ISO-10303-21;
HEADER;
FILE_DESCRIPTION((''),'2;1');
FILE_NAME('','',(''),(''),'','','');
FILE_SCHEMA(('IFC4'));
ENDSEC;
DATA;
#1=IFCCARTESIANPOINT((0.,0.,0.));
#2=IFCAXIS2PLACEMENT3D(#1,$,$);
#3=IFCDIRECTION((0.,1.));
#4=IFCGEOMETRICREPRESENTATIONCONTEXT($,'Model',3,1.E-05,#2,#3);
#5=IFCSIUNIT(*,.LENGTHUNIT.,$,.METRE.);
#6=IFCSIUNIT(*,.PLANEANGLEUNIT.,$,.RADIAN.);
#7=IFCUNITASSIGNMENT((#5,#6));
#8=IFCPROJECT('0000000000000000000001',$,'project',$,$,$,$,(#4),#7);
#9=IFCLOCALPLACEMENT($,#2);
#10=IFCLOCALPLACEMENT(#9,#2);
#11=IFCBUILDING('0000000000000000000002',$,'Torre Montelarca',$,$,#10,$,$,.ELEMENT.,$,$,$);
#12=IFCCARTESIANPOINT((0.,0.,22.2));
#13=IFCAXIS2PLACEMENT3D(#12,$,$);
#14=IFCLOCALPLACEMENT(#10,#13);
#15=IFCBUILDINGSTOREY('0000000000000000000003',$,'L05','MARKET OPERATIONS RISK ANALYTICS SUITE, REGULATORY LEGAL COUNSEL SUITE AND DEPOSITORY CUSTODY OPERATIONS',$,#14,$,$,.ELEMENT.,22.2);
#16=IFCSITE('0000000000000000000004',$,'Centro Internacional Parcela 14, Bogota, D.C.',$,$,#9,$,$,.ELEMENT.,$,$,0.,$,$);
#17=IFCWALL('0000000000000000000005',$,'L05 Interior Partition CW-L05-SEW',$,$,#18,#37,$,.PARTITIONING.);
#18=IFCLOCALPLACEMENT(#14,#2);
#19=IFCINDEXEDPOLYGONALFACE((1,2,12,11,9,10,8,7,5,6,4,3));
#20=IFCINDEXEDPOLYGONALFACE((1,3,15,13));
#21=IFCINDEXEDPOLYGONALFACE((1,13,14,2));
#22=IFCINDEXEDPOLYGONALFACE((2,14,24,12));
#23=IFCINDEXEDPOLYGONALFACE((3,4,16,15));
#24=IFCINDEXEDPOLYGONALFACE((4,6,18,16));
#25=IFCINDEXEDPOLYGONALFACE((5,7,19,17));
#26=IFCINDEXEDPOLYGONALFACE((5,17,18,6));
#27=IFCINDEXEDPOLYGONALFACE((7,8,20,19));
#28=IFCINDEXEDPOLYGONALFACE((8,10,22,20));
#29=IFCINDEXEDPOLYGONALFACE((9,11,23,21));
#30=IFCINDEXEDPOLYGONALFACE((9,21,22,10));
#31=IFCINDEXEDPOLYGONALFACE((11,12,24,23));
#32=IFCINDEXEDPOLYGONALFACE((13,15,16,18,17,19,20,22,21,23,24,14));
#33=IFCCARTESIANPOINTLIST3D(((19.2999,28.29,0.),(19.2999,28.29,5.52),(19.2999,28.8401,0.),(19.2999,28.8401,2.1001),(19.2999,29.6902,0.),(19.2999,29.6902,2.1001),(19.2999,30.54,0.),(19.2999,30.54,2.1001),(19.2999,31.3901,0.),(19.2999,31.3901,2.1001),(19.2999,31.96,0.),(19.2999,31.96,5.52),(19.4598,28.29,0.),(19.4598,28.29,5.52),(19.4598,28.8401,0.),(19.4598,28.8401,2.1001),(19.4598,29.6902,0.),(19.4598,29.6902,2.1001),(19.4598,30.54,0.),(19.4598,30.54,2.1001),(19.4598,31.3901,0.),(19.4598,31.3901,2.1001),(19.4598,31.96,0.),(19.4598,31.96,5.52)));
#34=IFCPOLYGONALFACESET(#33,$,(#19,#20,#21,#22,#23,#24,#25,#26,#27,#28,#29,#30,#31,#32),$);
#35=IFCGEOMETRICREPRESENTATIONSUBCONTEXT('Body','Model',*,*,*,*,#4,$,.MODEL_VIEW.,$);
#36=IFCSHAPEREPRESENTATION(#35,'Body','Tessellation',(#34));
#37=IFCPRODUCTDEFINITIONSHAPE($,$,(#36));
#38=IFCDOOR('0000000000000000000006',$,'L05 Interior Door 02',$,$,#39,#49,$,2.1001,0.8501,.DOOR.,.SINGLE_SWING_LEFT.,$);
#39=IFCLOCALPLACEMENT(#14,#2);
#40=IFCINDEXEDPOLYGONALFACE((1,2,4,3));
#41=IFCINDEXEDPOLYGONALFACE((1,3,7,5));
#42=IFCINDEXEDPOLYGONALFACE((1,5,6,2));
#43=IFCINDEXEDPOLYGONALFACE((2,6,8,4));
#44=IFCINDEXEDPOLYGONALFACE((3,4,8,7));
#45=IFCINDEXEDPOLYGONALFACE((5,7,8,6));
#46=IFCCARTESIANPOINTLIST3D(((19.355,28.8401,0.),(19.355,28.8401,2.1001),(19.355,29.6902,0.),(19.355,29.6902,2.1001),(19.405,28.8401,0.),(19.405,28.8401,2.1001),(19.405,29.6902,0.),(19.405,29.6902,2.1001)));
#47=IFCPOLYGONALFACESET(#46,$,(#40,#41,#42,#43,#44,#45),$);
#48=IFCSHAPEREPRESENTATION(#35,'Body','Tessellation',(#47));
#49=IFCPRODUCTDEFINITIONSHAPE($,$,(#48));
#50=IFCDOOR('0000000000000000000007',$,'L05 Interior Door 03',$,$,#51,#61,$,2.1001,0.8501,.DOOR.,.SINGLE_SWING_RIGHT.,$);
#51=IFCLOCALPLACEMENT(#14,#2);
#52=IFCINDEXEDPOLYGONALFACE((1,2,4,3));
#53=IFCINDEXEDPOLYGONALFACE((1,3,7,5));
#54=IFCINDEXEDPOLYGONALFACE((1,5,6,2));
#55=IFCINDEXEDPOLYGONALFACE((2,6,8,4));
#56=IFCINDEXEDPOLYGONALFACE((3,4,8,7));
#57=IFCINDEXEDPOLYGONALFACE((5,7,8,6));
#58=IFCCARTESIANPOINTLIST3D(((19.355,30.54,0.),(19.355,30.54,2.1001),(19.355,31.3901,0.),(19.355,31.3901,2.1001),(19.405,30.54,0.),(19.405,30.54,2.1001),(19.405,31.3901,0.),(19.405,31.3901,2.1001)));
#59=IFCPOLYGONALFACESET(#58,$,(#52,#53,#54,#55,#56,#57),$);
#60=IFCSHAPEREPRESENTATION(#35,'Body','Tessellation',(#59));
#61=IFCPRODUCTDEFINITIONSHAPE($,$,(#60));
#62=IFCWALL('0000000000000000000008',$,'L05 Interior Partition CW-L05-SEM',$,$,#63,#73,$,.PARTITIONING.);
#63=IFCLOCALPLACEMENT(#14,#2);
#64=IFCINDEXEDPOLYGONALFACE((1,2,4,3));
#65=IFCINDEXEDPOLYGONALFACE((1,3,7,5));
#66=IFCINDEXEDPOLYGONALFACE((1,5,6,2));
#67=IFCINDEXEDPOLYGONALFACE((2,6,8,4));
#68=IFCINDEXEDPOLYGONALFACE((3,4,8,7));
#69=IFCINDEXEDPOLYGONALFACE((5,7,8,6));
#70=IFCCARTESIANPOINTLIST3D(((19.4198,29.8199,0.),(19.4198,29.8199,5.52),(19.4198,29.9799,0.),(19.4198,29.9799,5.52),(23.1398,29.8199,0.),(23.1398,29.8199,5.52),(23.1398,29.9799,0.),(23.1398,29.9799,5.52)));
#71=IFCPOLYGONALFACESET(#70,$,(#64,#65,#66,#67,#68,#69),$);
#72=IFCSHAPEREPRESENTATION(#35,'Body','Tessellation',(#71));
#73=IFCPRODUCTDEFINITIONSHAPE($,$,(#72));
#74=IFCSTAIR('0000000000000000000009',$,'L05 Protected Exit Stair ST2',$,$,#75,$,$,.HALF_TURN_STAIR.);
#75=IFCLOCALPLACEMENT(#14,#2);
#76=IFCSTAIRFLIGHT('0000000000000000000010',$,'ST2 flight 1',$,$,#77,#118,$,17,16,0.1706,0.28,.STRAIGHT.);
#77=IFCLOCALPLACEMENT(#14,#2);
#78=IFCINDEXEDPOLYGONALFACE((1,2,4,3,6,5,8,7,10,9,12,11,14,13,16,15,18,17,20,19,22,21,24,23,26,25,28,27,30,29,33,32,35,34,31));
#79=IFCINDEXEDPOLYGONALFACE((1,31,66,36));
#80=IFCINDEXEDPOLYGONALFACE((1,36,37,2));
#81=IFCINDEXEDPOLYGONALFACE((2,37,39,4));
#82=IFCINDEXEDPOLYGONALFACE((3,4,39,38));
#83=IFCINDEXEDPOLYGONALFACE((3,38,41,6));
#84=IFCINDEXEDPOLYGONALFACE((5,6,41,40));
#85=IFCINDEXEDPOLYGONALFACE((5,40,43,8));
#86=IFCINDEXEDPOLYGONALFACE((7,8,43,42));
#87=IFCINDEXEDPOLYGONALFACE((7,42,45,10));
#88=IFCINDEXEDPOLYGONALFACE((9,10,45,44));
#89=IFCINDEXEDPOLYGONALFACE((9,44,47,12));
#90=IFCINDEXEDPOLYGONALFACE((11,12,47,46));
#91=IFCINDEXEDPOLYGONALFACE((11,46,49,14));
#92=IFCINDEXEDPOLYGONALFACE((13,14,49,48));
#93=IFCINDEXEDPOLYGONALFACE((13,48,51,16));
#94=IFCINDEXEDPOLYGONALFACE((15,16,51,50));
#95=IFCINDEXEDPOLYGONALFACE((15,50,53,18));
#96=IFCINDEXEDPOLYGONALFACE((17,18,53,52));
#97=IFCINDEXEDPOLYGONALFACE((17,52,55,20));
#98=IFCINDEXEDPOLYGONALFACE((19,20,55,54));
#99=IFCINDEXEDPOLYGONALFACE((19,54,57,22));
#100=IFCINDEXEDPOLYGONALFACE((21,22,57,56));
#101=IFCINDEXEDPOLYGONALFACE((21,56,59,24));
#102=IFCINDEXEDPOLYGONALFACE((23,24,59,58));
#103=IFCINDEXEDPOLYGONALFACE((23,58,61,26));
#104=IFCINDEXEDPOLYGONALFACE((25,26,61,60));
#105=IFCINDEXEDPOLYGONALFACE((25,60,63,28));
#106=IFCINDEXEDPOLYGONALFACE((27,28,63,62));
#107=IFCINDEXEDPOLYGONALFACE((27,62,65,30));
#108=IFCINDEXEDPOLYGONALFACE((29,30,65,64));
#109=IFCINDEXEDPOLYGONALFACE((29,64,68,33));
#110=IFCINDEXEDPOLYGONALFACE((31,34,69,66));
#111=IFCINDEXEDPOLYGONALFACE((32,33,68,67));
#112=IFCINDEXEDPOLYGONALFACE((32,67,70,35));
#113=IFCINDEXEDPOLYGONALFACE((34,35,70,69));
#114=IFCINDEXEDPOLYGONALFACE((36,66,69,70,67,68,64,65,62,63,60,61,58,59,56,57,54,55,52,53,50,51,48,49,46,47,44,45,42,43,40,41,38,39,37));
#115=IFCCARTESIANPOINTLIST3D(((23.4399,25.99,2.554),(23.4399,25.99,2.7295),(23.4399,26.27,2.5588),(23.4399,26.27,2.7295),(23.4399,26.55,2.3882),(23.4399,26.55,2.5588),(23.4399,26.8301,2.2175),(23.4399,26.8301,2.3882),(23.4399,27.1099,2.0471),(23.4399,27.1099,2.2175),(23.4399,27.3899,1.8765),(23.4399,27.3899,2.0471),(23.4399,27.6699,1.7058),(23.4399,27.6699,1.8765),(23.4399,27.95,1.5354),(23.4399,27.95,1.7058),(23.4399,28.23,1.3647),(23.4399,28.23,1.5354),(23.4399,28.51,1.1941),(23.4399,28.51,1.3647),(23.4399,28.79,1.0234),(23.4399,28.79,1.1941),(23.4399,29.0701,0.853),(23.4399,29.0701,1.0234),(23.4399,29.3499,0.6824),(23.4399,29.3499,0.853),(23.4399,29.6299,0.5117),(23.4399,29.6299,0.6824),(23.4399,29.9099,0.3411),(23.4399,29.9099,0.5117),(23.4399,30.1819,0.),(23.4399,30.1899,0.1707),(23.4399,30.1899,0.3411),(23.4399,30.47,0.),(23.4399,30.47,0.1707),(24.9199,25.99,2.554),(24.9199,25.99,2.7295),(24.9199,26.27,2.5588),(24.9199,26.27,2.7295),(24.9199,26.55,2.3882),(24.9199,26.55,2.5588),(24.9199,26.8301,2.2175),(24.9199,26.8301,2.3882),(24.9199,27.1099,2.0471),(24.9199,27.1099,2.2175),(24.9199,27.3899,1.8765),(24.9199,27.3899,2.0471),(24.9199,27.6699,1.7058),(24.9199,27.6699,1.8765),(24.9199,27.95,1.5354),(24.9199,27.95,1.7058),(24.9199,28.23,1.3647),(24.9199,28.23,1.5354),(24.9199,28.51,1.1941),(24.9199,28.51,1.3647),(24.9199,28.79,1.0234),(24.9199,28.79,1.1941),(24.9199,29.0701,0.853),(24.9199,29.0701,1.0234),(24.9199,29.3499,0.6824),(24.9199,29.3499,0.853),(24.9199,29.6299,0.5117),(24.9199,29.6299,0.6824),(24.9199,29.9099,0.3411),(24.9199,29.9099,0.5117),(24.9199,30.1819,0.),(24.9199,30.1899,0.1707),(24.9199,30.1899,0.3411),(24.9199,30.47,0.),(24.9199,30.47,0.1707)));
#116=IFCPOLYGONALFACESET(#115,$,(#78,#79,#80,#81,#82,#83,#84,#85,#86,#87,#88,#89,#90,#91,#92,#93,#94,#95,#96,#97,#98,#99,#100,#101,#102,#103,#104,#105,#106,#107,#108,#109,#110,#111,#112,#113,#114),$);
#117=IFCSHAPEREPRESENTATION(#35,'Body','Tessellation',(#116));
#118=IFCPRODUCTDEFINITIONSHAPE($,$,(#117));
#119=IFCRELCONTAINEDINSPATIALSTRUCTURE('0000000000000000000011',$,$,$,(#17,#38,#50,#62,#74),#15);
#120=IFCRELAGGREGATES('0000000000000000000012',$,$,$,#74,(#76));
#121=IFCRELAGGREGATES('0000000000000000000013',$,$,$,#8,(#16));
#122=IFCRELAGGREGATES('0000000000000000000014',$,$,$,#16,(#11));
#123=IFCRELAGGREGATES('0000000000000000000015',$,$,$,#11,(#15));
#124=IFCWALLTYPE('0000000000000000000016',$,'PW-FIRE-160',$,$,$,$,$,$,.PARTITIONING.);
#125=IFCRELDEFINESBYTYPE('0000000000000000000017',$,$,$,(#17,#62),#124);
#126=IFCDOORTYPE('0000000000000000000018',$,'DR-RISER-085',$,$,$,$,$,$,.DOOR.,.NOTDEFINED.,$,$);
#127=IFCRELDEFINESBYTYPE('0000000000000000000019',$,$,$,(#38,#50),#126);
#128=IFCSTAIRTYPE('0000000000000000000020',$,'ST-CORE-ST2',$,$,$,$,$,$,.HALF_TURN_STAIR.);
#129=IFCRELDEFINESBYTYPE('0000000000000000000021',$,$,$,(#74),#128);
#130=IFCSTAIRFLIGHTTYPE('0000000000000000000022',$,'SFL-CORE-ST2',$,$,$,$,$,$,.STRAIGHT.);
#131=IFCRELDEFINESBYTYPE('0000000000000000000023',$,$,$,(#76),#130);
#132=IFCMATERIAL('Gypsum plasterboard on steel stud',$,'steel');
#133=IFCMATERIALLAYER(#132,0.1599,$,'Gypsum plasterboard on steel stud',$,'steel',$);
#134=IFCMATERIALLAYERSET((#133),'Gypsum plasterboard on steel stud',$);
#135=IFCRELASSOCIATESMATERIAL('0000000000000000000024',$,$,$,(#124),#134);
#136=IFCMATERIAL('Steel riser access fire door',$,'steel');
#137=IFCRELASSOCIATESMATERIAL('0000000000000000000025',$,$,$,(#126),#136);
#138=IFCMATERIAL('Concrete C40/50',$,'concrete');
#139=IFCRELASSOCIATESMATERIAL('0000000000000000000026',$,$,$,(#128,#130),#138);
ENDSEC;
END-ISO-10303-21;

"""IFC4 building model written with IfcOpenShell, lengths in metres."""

from ifc_helpers import new_model, si_unit, direction, frame, frame_2d, origin, place, context, subcontext, project, spatial, polyline, rectangle, outline, extrude, source, transform, mapped, material, layer, layer_set, type_object, element, fill, aggregate, save


model = new_model("IFC4")

# Units and contexts
model_context = context("Model", 3, precision=1e-05, world=origin(), true_north=direction((0.0, 1.0)))
body_context = subcontext(model_context, "Body", "Model", "MODEL_VIEW")
ifc_project = project(units=[si_unit("LENGTHUNIT", "METRE"), si_unit("PLANEANGLEUNIT", "RADIAN")], contexts=[model_context])

# Site, building, storey
site_placement = place(None, origin())
site = spatial("IfcSite", under=ifc_project, at=site_placement, Name="Centro Internacional Parcela 14, Bogota, D.C.", CompositionType="ELEMENT", RefElevation=0.0)
building_placement = place(site_placement, origin())
building = spatial("IfcBuilding", under=site, at=building_placement, Name="Torre Montelarca", CompositionType="ELEMENT")
storey_placement = place(building_placement, frame((0.0, 0.0, 22.2)))
storey = spatial("IfcBuildingStorey", under=building, at=storey_placement, Name="L05", Description="MARKET OPERATIONS RISK ANALYTICS SUITE, REGULATORY LEGAL COUNSEL SUITE AND DEPOSITORY CUSTODY OPERATIONS", CompositionType="ELEMENT", Elevation=22.2)

# Shared definitions
ifc_material_1 = material(Name="Concrete C40/50", Category="concrete")

# Shared definitions
ifc_material_2 = material(Name="Gypsum plasterboard on steel stud", Category="steel")
ifc_layer_1 = layer(ifc_material_2, 0.1599, Name="Gypsum plasterboard on steel stud", Category="steel")
ifc_layer_set_1 = layer_set([ifc_layer_1], Name="Gypsum plasterboard on steel stud")
wall_type_1 = type_object("IfcWallType", Name="PW-FIRE-160", PredefinedType="PARTITIONING", material=ifc_layer_set_1)

# Wall, openings, doors
wall_1_placement = place(storey_placement, frame((19.3799, 28.29, 0.0), z_axis=(0.0, 0.0, 1.0), x_axis=(0.0, 1.0, 0.0)))
wall_1 = element("IfcWall", 1, at=wall_1_placement, inside=storey, type_object=wall_type_1, Name="L05 Interior Partition CW-L05-SEW", PredefinedType="PARTITIONING", context=body_context, shape_type="SweptSolid", body=[
    extrude(rectangle(XDim=3.6699, YDim=0.1599, at=frame_2d((1.835, 0.0))), origin(), (0.0, 0.0, 1.0), 5.52),
])
opening_1_placement = place(wall_1_placement, frame((0.55, 0.0, 0.0)))
opening_1 = element("IfcOpeningElement", 2, at=opening_1_placement, cuts=wall_1, PredefinedType="OPENING", context=body_context, shape_type="SweptSolid", body=[
    extrude(rectangle(XDim=0.8501, YDim=2.1001, at=frame_2d((0.425, 1.05))), frame((0.0, 0.0898, 0.0), z_axis=(0.0, -1.0, 0.0), x_axis=(1.0, 0.0, 0.0)), (0.0, 0.0, 1.0), 0.1799),
])
opening_2_placement = place(wall_1_placement, frame((2.25, 0.0, 0.0)))
opening_2 = element("IfcOpeningElement", 3, at=opening_2_placement, cuts=wall_1, PredefinedType="OPENING", context=body_context, shape_type="SweptSolid", body=[
    extrude(rectangle(XDim=0.8501, YDim=2.1001, at=frame_2d((0.425, 1.05))), frame((0.0, 0.0898, 0.0), z_axis=(0.0, -1.0, 0.0), x_axis=(1.0, 0.0, 0.0)), (0.0, 0.0, 1.0), 0.1799),
])
ifc_material_3 = material(Name="Steel riser access fire door", Category="steel")
door_type_1 = type_object("IfcDoorType", Name="DR-RISER-085", OperationType="NOTDEFINED", PredefinedType="DOOR", material=ifc_material_3)
shared_shape_1 = source(origin(), body_context, "Body", "SweptSolid", [
    extrude(rectangle(XDim=0.8501, YDim=2.1001, at=frame_2d((0.425, 1.05))), frame((0.0, 0.0249, 0.0), z_axis=(0.0, -1.0, 0.0), x_axis=(1.0, 0.0, 0.0)), (0.0, 0.0, 1.0), 0.05),
])
door_1_placement = place(opening_1_placement, origin())
door_1 = element("IfcDoor", 4, at=door_1_placement, inside=storey, type_object=door_type_1, Name="L05 Interior Door 02", OperationType="SINGLE_SWING_LEFT", OverallHeight=2.1001, OverallWidth=0.8501, PredefinedType="DOOR", context=body_context, shape_type="MappedRepresentation", body=[
    mapped(shared_shape_1, transform((0.0, 0.0, 0.0), scale=1.0)),
])
fill(opening_1, door_1)
door_2_placement = place(opening_2_placement, origin())
door_2 = element("IfcDoor", 5, at=door_2_placement, inside=storey, type_object=door_type_1, Name="L05 Interior Door 03", OperationType="SINGLE_SWING_RIGHT", OverallHeight=2.1001, OverallWidth=0.8501, PredefinedType="DOOR", context=body_context, shape_type="MappedRepresentation", body=[
    mapped(shared_shape_1, transform((0.0, 0.0, 0.0), scale=1.0)),
])
fill(opening_2, door_2)

# Wall
wall_2_placement = place(storey_placement, frame((19.4199, 29.8999, 0.0), z_axis=(0.0, 0.0, 1.0), x_axis=(1.0, 0.0, 0.0)))
element("IfcWall", 6, at=wall_2_placement, inside=storey, type_object=wall_type_1, Name="L05 Interior Partition CW-L05-SEM", PredefinedType="PARTITIONING", context=body_context, shape_type="SweptSolid", body=[
    extrude(rectangle(XDim=3.72, YDim=0.1599, at=frame_2d((1.8599, 0.0))), origin(), (0.0, 0.0, 1.0), 5.52),
])

# Stair, stair flight
stair_type = type_object("IfcStairType", Name="ST-CORE-ST2", PredefinedType="HALF_TURN_STAIR", material=ifc_material_1)
stair_placement = place(storey_placement, origin())
stair = element("IfcStair", 7, at=stair_placement, inside=storey, type_object=stair_type, Name="L05 Protected Exit Stair ST2", PredefinedType="HALF_TURN_STAIR")
stair_flight_type = type_object("IfcStairFlightType", Name="SFL-CORE-ST2", PredefinedType="STRAIGHT", material=ifc_material_1)
stair_flight_placement = place(storey_placement, frame((24.1799, 30.47, 0.0), z_axis=(0.0, 0.0, 1.0), x_axis=(0.0, -1.0, 0.0)))
stair_flight = element("IfcStairFlight", 8, at=stair_flight_placement, type_object=stair_flight_type, Name="ST2 flight 1", NumberOfRisers=17, NumberOfTreads=16, PredefinedType="STRAIGHT", RiserHeight=0.1706, TreadLength=0.28, context=body_context, shape_type="SweptSolid", body=[
    extrude(outline(polyline([(0.0, 0.0), (0.0, 0.1707), (0.28, 0.1707), (0.28, 0.3411), (0.5601, 0.3411), (0.5601, 0.5117), (0.8401, 0.5117), (0.8401, 0.6824), (1.1201, 0.6824), (1.1201, 0.853), (1.3999, 0.853), (1.3999, 1.0234), (1.6799, 1.0234), (1.6799, 1.1941), (1.96, 1.1941), (1.96, 1.3647), (2.24, 1.3647), (2.24, 1.5354), (2.52, 1.5354), (2.52, 1.7058), (2.8, 1.7058), (2.8, 1.8765), (3.0801, 1.8765), (3.0801, 2.0471), (3.3601, 2.0471), (3.3601, 2.2175), (3.6399, 2.2175), (3.6399, 2.3882), (3.9199, 2.3882), (3.9199, 2.5588), (4.2, 2.5588), (4.2, 2.7295), (4.48, 2.7295), (4.48, 2.8999), (4.48, 2.554), (0.2881, 0.0), (0.0, 0.0)])), frame((0.0, 0.74, 0.0), z_axis=(0.0, -1.0, 0.0), x_axis=(1.0, 0.0, 0.0)), (0.0, 0.0, 1.0), 1.48),
])
aggregate(stair, [stair_flight])

save(model, "model.ifc")
